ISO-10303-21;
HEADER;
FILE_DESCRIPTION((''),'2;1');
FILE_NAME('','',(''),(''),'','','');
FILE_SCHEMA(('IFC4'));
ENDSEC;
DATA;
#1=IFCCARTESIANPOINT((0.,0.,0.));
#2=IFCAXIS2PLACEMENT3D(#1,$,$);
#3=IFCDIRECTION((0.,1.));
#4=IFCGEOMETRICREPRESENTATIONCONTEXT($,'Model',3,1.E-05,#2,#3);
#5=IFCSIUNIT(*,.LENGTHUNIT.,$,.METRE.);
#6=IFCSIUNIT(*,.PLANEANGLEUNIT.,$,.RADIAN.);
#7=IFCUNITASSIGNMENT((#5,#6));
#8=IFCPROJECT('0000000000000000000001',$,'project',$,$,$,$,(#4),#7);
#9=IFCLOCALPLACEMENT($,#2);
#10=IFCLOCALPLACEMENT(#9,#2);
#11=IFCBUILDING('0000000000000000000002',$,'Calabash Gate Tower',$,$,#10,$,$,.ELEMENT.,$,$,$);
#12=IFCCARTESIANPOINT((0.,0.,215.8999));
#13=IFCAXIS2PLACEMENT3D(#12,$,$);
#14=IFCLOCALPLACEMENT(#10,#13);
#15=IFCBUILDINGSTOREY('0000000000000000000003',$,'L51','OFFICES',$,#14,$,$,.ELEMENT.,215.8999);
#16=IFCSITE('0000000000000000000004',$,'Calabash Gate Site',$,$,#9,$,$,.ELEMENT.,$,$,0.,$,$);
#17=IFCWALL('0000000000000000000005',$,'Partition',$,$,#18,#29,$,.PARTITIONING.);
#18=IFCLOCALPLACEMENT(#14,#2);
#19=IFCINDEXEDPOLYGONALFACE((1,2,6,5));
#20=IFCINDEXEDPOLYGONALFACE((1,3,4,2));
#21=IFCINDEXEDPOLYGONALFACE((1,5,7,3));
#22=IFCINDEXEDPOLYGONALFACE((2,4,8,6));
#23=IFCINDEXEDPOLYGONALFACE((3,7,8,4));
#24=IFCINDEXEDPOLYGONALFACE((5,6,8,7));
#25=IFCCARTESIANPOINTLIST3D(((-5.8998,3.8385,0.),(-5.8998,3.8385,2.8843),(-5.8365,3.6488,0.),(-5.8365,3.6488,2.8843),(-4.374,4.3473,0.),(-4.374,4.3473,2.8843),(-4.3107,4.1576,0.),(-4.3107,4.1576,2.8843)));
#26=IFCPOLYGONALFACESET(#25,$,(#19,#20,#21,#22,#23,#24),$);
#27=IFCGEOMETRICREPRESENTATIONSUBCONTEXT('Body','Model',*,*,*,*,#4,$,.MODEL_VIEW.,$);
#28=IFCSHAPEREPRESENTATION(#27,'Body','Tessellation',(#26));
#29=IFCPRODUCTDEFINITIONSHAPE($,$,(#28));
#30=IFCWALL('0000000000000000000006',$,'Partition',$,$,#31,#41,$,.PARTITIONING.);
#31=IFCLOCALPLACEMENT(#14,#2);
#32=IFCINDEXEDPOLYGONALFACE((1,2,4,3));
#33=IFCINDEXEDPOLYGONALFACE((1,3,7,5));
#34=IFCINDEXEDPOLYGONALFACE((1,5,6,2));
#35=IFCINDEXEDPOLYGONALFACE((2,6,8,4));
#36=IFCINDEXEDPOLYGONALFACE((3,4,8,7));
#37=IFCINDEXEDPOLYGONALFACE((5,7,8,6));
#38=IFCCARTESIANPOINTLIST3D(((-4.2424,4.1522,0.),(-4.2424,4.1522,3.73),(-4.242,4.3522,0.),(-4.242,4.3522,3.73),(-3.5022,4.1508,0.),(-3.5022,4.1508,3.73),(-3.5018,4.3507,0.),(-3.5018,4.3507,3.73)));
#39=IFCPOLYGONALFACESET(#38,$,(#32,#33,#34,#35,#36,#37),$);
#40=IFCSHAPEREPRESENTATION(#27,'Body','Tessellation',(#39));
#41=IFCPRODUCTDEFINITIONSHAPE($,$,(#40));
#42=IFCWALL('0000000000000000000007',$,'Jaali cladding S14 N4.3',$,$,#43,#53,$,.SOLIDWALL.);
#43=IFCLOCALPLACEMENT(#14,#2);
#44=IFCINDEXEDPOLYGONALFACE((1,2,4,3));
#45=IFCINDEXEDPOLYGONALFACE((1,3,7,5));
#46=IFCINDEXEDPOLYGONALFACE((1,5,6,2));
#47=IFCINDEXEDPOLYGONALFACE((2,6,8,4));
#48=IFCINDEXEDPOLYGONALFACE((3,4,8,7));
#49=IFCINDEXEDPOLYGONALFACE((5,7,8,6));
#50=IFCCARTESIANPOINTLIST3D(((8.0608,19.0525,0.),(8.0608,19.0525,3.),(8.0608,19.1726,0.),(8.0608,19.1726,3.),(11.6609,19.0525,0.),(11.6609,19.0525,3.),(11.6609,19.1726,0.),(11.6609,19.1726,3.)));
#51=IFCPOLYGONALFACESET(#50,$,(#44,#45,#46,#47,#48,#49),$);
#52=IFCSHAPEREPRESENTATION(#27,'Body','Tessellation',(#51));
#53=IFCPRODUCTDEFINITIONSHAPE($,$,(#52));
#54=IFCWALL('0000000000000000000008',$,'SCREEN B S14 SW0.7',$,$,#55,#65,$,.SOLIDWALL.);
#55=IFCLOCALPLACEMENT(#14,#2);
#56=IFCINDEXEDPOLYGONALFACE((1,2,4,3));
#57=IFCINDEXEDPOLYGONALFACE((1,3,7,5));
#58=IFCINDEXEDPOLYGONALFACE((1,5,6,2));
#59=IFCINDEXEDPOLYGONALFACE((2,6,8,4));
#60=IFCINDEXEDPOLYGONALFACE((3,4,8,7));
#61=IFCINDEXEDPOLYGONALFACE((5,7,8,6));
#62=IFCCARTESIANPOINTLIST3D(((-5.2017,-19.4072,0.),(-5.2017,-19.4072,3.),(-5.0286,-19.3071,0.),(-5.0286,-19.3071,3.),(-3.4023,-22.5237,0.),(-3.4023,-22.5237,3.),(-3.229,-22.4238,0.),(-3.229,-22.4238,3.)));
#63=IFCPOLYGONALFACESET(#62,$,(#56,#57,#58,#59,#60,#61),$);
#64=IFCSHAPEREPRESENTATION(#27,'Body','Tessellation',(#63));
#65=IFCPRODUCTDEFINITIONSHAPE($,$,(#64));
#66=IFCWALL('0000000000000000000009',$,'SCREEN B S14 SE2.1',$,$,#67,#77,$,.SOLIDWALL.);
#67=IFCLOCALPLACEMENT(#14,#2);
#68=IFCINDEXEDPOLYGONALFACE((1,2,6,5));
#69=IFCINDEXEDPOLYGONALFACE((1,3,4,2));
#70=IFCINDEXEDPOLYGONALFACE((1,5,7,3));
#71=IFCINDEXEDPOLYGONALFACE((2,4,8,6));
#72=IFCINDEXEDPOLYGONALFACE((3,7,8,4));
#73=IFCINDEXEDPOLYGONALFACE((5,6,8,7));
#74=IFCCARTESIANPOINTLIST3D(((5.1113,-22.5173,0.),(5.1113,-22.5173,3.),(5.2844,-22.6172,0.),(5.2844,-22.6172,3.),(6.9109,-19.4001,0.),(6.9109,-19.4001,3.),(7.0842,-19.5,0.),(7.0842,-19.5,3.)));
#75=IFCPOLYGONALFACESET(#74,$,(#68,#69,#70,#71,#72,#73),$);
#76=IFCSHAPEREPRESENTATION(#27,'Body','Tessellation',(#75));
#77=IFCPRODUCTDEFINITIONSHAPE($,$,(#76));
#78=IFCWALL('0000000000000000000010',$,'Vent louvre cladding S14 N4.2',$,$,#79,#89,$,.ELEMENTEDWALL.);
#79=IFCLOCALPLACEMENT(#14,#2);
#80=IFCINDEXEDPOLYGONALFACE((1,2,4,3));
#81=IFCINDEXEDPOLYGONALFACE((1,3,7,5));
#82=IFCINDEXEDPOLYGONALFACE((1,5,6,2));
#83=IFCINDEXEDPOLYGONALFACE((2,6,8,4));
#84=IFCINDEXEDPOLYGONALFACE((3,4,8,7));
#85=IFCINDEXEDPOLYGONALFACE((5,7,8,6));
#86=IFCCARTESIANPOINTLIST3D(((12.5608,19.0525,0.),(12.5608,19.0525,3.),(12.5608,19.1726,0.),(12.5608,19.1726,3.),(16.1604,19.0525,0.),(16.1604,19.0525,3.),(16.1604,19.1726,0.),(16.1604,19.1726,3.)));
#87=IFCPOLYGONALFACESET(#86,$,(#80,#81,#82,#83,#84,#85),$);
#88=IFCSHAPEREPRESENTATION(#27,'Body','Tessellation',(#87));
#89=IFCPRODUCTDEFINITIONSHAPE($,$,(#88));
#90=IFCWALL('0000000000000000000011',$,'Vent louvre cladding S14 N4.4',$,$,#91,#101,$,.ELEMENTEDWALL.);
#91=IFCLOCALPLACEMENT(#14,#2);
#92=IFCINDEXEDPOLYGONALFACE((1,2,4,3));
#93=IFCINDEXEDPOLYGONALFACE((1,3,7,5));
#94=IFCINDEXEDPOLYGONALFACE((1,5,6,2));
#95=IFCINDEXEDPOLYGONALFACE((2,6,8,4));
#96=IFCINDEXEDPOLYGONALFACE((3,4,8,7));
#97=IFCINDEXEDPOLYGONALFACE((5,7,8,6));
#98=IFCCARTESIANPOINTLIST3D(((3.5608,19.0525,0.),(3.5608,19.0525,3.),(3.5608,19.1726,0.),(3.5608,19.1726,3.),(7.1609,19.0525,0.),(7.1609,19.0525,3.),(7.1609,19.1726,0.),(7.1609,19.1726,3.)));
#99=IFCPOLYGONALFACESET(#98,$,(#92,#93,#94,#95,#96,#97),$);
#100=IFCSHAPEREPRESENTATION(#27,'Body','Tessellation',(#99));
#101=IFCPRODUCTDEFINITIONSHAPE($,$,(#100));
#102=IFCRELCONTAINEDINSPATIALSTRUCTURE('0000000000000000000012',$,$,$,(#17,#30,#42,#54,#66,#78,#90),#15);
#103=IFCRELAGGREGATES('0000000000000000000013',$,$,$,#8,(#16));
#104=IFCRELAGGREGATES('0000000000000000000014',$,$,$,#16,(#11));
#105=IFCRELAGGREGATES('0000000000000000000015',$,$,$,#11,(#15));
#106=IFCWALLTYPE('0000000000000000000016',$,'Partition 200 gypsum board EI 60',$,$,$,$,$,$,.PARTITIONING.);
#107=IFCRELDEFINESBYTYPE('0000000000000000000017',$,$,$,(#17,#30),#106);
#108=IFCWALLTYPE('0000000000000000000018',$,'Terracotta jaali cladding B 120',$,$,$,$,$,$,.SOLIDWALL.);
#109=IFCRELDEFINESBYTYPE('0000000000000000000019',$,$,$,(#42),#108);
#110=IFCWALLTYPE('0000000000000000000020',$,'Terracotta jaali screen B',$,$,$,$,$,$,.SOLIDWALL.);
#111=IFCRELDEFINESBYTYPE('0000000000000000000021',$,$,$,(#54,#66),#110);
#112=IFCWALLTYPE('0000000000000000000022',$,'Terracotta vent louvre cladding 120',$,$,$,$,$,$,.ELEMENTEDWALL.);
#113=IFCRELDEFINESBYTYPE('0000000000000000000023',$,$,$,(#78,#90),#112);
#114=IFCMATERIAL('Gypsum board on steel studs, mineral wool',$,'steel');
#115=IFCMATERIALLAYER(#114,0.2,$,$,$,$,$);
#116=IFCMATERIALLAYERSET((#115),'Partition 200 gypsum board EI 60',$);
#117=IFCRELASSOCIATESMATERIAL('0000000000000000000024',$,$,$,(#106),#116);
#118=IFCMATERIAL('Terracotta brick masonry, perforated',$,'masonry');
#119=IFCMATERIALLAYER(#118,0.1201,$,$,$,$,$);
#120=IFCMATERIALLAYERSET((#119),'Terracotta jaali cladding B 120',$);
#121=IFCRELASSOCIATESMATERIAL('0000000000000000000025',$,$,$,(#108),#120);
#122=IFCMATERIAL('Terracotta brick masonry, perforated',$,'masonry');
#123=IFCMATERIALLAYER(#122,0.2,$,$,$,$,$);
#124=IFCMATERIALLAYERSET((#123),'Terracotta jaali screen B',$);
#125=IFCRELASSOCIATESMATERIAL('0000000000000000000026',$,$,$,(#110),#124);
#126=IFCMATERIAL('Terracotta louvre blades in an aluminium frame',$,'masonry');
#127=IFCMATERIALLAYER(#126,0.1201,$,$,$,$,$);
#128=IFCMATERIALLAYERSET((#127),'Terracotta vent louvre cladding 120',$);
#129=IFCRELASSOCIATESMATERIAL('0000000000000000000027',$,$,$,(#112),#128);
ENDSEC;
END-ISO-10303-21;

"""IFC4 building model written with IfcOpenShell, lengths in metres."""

from ifc_helpers import new_model, si_unit, direction, frame, frame_2d, origin, place, context, subcontext, project, spatial, polyline, rectangle, outline, extrude, material, layer, layer_set, type_object, element, save


model = new_model("IFC4")

# Units and contexts
model_context = context("Model", 3, precision=1e-05, world=origin(), true_north=direction((0.0, 1.0)))
body_context = subcontext(model_context, "Body", "Model", "MODEL_VIEW")
ifc_project = project(units=[si_unit("LENGTHUNIT", "METRE"), si_unit("PLANEANGLEUNIT", "RADIAN")], contexts=[model_context])

# Site, building, storey
site_placement = place(None, origin())
site = spatial("IfcSite", under=ifc_project, at=site_placement, Name="Calabash Gate Site", CompositionType="ELEMENT", RefElevation=0.0)
building_placement = place(site_placement, origin())
building = spatial("IfcBuilding", under=site, at=building_placement, Name="Calabash Gate Tower", CompositionType="ELEMENT")
storey_placement = place(building_placement, frame((0.0, 0.0, 215.8999)))
storey = spatial("IfcBuildingStorey", under=building, at=storey_placement, Name="L51", Description="OFFICES", CompositionType="ELEMENT", Elevation=215.8999)

# Shared definitions
ifc_material_1 = material(Name="Gypsum board on steel studs, mineral wool", Category="steel")
ifc_layer_1 = layer(ifc_material_1, 0.2)
ifc_layer_set_1 = layer_set([ifc_layer_1], Name="Partition 200 gypsum board EI 60")
wall_type_1 = type_object("IfcWallType", Name="Partition 200 gypsum board EI 60", PredefinedType="PARTITIONING", material=ifc_layer_set_1)

# Walls
wall_1_placement = place(storey_placement, frame((-5.8682, 3.7437, 0.0), z_axis=(0.0, 0.0, 1.0), x_axis=(0.948653, 0.316319, 0.0)))
element("IfcWall", 1, at=wall_1_placement, inside=storey, type_object=wall_type_1, Name="Partition", PredefinedType="PARTITIONING", context=body_context, shape_type="SweptSolid", body=[
    extrude(rectangle(XDim=1.6084, YDim=0.2, at=frame_2d((0.8042, 0.0))), origin(), (0.0, 0.0, 1.0), 2.8843),
])
wall_2_placement = place(storey_placement, frame((-4.2422, 4.2522, 0.0), z_axis=(0.0, 0.0, 1.0), x_axis=(0.999998, -0.001979, 0.0)))
element("IfcWall", 2, at=wall_2_placement, inside=storey, type_object=wall_type_1, Name="Partition", PredefinedType="PARTITIONING", context=body_context, shape_type="SweptSolid", body=[
    extrude(rectangle(XDim=0.7402, YDim=0.2, at=frame_2d((0.3701, 0.0))), origin(), (0.0, 0.0, 1.0), 3.73),
])
ifc_material_2 = material(Name="Terracotta brick masonry, perforated", Category="masonry")
ifc_layer_2 = layer(ifc_material_2, 0.1201)
ifc_layer_set_2 = layer_set([ifc_layer_2], Name="Terracotta jaali cladding B 120")
wall_type_2 = type_object("IfcWallType", Name="Terracotta jaali cladding B 120", PredefinedType="SOLIDWALL", material=ifc_layer_set_2)
wall_3_placement = place(storey_placement, origin())
element("IfcWall", 3, at=wall_3_placement, inside=storey, type_object=wall_type_2, Name="Jaali cladding S14 N4.3", PredefinedType="SOLIDWALL", context=body_context, shape_type="SweptSolid", body=[
    extrude(outline(polyline([(8.0608, 19.1726), (8.0608, 19.0525), (11.6609, 19.0525), (11.6609, 19.1726), (8.0608, 19.1726)])), origin(), (0.0, 0.0, 1.0), 3.0),
])
ifc_material_3 = material(Name="Terracotta brick masonry, perforated", Category="masonry")
ifc_layer_3 = layer(ifc_material_3, 0.2)
ifc_layer_set_3 = layer_set([ifc_layer_3], Name="Terracotta jaali screen B")
wall_type_3 = type_object("IfcWallType", Name="Terracotta jaali screen B", PredefinedType="SOLIDWALL", material=ifc_layer_set_3)
wall_4_placement = place(storey_placement, origin())
element("IfcWall", 4, at=wall_4_placement, inside=storey, type_object=wall_type_3, Name="SCREEN B S14 SW0.7", PredefinedType="SOLIDWALL", context=body_context, shape_type="SweptSolid", body=[
    extrude(outline(polyline([(-5.2017, -19.4072), (-3.4023, -22.5237), (-3.229, -22.4238), (-5.0286, -19.3071), (-5.2017, -19.4072)])), origin(), (0.0, 0.0, 1.0), 3.0),
])
wall_5_placement = place(storey_placement, origin())
element("IfcWall", 5, at=wall_5_placement, inside=storey, type_object=wall_type_3, Name="SCREEN B S14 SE2.1", PredefinedType="SOLIDWALL", context=body_context, shape_type="SweptSolid", body=[
    extrude(outline(polyline([(6.9109, -19.4001), (5.1113, -22.5173), (5.2844, -22.6172), (7.0842, -19.5), (6.9109, -19.4001)])), origin(), (0.0, 0.0, 1.0), 3.0),
])
ifc_material_4 = material(Name="Terracotta louvre blades in an aluminium frame", Category="masonry")
ifc_layer_4 = layer(ifc_material_4, 0.1201)
ifc_layer_set_4 = layer_set([ifc_layer_4], Name="Terracotta vent louvre cladding 120")
wall_type_4 = type_object("IfcWallType", Name="Terracotta vent louvre cladding 120", PredefinedType="ELEMENTEDWALL", material=ifc_layer_set_4)
wall_6_placement = place(storey_placement, origin())
element("IfcWall", 6, at=wall_6_placement, inside=storey, type_object=wall_type_4, Name="Vent louvre cladding S14 N4.2", PredefinedType="ELEMENTEDWALL", context=body_context, shape_type="SweptSolid", body=[
    extrude(outline(polyline([(12.5608, 19.1726), (12.5608, 19.0525), (16.1604, 19.0525), (16.1604, 19.1726), (12.5608, 19.1726)])), origin(), (0.0, 0.0, 1.0), 3.0),
])
wall_7_placement = place(storey_placement, origin())
element("IfcWall", 7, at=wall_7_placement, inside=storey, type_object=wall_type_4, Name="Vent louvre cladding S14 N4.4", PredefinedType="ELEMENTEDWALL", context=body_context, shape_type="SweptSolid", body=[
    extrude(outline(polyline([(3.5608, 19.1726), (3.5608, 19.0525), (7.1609, 19.0525), (7.1609, 19.1726), (3.5608, 19.1726)])), origin(), (0.0, 0.0, 1.0), 3.0),
])

save(model, "model.ifc")
